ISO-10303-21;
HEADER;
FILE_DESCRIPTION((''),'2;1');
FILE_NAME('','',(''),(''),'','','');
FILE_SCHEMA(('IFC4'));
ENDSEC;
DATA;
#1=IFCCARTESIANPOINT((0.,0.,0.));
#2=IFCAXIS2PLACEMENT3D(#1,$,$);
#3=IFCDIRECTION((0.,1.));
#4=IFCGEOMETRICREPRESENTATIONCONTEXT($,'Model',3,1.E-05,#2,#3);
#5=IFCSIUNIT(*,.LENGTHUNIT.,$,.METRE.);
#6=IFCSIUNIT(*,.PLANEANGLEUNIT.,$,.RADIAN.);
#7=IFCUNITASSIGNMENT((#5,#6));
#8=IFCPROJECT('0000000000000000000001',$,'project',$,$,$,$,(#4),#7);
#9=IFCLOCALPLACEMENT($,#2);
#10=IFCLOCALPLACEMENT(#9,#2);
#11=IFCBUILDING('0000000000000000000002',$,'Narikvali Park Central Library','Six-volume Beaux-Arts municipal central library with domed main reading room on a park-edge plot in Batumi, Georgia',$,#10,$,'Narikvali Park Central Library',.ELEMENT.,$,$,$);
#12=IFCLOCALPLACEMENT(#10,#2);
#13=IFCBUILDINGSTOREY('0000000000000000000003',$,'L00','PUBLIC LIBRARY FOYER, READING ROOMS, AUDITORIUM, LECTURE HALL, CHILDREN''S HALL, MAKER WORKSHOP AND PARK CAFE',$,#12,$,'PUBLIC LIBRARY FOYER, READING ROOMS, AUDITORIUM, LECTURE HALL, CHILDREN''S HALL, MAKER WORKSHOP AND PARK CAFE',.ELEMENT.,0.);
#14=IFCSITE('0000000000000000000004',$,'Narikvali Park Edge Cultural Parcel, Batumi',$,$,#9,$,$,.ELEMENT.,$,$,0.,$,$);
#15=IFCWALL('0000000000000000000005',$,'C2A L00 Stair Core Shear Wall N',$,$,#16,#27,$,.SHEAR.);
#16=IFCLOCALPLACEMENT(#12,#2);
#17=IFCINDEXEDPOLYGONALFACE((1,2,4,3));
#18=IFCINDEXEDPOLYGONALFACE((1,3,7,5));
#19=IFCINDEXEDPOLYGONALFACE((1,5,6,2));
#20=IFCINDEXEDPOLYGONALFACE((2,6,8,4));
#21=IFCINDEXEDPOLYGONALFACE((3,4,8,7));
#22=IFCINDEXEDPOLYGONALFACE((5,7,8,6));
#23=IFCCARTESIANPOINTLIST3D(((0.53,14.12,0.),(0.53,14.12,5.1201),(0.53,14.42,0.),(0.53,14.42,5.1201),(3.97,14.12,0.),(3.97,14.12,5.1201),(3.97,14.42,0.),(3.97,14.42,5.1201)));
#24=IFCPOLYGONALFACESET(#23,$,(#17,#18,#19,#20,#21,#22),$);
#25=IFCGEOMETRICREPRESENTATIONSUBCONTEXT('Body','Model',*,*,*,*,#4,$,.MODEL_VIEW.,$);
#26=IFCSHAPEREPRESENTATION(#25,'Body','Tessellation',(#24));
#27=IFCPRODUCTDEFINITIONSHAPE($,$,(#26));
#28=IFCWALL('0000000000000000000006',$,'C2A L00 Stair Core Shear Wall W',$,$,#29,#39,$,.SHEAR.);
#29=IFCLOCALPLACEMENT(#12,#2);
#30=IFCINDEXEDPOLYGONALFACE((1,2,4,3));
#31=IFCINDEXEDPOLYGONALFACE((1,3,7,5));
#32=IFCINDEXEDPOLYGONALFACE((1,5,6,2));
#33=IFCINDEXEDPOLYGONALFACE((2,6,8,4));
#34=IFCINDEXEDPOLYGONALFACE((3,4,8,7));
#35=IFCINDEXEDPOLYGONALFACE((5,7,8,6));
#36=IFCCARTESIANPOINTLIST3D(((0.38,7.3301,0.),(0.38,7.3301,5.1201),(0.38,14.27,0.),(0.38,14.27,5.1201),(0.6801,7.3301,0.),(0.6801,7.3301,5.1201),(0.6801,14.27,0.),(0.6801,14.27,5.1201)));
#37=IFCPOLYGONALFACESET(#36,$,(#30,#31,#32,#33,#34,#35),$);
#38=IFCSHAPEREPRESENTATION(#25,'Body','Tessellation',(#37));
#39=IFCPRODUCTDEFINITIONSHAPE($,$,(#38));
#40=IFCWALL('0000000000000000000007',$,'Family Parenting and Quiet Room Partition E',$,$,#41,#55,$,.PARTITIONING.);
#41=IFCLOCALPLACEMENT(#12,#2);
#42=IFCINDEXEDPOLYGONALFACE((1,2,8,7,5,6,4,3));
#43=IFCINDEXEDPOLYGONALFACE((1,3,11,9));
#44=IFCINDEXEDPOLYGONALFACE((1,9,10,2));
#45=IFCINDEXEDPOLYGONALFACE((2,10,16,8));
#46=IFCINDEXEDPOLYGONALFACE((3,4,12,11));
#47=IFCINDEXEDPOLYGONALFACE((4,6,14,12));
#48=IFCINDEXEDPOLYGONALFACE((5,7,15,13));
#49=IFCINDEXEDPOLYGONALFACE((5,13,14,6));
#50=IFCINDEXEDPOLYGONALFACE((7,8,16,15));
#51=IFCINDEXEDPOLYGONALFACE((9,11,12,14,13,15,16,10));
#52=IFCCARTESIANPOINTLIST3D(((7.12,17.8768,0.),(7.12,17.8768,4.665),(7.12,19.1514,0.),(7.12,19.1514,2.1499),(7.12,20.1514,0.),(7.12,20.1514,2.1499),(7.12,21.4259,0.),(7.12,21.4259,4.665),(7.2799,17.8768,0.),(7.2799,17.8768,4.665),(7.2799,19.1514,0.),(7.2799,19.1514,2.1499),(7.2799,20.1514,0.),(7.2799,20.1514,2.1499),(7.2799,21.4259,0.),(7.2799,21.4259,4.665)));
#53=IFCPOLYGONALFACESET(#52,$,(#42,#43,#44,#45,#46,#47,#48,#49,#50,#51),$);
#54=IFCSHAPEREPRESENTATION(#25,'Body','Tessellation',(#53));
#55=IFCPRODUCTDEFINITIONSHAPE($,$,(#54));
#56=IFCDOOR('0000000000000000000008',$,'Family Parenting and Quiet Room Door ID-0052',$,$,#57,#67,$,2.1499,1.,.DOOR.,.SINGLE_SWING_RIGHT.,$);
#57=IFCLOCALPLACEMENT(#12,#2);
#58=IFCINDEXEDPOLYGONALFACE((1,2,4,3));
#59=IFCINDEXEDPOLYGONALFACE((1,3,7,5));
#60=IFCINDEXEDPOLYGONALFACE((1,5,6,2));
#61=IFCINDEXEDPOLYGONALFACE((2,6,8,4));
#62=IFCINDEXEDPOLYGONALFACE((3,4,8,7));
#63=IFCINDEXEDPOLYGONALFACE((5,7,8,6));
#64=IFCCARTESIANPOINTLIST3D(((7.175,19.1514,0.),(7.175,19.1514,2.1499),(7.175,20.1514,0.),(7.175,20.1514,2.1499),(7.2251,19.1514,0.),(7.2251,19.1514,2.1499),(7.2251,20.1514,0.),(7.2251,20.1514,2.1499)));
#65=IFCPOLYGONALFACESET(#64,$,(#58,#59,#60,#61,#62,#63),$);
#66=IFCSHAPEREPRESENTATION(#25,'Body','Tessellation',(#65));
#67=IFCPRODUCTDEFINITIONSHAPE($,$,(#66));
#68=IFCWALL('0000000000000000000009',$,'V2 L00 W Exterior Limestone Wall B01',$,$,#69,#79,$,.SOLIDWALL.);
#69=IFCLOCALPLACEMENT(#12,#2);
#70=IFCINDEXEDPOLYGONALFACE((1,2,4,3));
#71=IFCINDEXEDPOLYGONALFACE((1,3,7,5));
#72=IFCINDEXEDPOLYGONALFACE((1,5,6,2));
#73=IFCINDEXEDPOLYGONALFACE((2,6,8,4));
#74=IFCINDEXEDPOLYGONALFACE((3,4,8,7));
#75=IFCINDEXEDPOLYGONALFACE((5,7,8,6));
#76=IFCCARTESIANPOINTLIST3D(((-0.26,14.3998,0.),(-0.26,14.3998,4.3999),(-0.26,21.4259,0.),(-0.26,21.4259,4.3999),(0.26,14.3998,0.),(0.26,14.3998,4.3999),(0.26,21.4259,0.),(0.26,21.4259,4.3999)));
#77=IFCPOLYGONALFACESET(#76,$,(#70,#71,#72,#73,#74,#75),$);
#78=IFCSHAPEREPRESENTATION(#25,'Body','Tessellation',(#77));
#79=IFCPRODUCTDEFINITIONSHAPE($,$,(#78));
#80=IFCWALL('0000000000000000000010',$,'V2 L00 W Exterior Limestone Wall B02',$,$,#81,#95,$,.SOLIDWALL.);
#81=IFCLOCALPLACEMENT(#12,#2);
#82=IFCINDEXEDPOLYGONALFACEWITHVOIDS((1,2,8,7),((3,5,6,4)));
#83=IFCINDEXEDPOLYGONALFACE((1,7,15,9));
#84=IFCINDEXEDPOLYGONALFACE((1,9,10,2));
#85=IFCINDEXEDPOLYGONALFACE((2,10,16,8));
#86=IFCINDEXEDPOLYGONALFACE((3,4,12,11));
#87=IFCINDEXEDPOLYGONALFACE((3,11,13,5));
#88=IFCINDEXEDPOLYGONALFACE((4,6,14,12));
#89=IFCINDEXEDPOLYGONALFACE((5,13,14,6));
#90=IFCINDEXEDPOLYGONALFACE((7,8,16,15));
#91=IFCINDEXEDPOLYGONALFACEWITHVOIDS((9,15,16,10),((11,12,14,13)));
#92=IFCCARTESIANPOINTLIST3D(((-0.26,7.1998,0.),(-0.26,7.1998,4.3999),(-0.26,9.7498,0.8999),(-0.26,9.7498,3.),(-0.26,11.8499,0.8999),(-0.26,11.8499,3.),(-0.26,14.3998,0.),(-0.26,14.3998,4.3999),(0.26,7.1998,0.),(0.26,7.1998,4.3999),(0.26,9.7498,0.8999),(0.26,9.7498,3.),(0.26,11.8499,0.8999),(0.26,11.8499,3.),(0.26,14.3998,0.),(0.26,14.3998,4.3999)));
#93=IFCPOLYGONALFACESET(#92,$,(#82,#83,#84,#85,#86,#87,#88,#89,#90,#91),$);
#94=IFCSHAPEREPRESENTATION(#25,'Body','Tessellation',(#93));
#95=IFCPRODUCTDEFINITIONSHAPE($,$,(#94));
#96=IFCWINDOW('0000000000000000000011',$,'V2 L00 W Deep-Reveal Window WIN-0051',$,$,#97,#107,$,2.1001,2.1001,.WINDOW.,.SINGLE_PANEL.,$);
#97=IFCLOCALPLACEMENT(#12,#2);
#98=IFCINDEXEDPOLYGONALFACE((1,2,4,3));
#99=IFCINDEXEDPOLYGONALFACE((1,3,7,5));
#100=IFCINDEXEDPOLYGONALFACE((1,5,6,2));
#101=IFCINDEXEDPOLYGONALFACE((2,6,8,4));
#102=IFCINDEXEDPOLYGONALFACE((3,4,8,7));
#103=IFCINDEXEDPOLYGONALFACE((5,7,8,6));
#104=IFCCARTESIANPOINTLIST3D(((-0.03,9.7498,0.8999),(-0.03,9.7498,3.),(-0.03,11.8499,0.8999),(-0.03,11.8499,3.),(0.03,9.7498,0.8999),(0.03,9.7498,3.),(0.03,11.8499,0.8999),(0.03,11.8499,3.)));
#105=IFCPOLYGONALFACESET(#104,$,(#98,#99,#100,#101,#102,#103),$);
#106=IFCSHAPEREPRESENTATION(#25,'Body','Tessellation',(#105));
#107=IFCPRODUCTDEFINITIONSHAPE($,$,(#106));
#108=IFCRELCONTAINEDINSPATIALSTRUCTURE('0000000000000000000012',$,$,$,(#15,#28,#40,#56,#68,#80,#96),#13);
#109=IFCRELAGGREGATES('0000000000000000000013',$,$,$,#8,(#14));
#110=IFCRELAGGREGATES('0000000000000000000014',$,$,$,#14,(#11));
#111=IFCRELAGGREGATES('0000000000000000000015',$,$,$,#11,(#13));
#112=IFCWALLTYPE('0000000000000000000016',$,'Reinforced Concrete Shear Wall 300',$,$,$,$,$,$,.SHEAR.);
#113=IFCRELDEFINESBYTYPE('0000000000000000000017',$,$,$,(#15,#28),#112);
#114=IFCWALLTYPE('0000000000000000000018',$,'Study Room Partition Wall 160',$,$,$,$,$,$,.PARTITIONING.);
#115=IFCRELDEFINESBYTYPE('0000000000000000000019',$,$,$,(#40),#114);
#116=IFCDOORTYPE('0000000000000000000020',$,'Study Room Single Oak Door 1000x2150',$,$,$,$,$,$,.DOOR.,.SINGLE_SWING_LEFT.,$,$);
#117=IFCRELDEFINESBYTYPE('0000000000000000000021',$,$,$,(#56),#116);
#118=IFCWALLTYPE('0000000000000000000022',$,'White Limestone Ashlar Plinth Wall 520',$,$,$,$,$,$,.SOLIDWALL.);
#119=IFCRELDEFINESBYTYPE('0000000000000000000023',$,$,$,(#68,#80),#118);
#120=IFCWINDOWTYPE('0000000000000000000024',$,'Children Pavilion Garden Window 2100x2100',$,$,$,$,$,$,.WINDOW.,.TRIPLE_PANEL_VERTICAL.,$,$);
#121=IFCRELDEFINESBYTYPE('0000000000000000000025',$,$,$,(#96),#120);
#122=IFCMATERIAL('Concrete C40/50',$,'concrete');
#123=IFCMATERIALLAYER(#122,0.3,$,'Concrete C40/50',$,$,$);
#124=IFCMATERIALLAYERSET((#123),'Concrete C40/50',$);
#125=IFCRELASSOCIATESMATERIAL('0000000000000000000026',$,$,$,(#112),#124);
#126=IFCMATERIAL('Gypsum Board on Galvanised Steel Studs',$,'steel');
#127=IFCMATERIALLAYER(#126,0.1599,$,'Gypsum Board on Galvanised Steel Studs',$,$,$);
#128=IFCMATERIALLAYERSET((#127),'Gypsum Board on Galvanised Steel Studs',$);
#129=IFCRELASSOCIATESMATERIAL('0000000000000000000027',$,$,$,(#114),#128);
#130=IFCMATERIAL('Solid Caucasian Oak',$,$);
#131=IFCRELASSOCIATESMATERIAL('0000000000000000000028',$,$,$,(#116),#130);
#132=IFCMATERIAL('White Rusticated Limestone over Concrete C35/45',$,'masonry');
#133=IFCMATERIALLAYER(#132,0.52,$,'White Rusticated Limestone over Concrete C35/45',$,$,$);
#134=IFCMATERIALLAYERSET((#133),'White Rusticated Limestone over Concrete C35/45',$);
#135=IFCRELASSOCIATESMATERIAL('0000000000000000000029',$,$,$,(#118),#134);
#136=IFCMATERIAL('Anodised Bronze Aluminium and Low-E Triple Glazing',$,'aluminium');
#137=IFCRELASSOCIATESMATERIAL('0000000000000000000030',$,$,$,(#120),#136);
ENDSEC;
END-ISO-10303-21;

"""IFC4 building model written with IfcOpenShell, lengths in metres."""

from ifc_helpers import new_model, si_unit, direction, frame, frame_2d, origin, place, context, subcontext, project, spatial, rectangle, extrude, material, layer, layer_set, type_object, element, fill, save


model = new_model("IFC4")

# Units and contexts
model_context = context("Model", 3, precision=1e-05, world=origin(), true_north=direction((0.0, 1.0)))
body_context = subcontext(model_context, "Body", "Model", "MODEL_VIEW")
ifc_project = project(units=[si_unit("LENGTHUNIT", "METRE"), si_unit("PLANEANGLEUNIT", "RADIAN")], contexts=[model_context])

# Site, building, storey
site_placement = place(None, origin())
site = spatial("IfcSite", under=ifc_project, at=site_placement, Name="Narikvali Park Edge Cultural Parcel, Batumi", CompositionType="ELEMENT", RefElevation=0.0)
building_placement = place(site_placement, origin())
building = spatial("IfcBuilding", under=site, at=building_placement, Name="Narikvali Park Central Library", Description="Six-volume Beaux-Arts municipal central library with domed main reading room on a park-edge plot in Batumi, Georgia", LongName="Narikvali Park Central Library", CompositionType="ELEMENT")
storey_placement = place(building_placement, origin())
storey = spatial("IfcBuildingStorey", under=building, at=storey_placement, Name="L00", Description="PUBLIC LIBRARY FOYER, READING ROOMS, AUDITORIUM, LECTURE HALL, CHILDREN'S HALL, MAKER WORKSHOP AND PARK CAFE", LongName="PUBLIC LIBRARY FOYER, READING ROOMS, AUDITORIUM, LECTURE HALL, CHILDREN'S HALL, MAKER WORKSHOP AND PARK CAFE", CompositionType="ELEMENT", Elevation=0.0)

# Shared definitions
ifc_material_1 = material(Name="Concrete C40/50", Category="concrete")

# Walls
ifc_layer_1 = layer(ifc_material_1, 0.3, Name="Concrete C40/50")
ifc_layer_set_1 = layer_set([ifc_layer_1], Name="Concrete C40/50")
wall_type_1 = type_object("IfcWallType", Name="Reinforced Concrete Shear Wall 300", PredefinedType="SHEAR", material=ifc_layer_set_1)
wall_1_placement = place(storey_placement, frame((3.97, 14.27, 0.0), z_axis=(0.0, 0.0, 1.0), x_axis=(-1.0, 0.0, 0.0)))
element("IfcWall", 1, at=wall_1_placement, inside=storey, type_object=wall_type_1, Name="C2A L00 Stair Core Shear Wall N", PredefinedType="SHEAR", context=body_context, shape_type="SweptSolid", body=[
    extrude(rectangle(XDim=3.4399, YDim=0.3, at=frame_2d((1.72, 0.0))), origin(), (0.0, 0.0, 1.0), 5.1201),
])
wall_2_placement = place(storey_placement, frame((0.53, 14.27, 0.0), z_axis=(0.0, 0.0, 1.0), x_axis=(0.0, -1.0, 0.0)))
element("IfcWall", 2, at=wall_2_placement, inside=storey, type_object=wall_type_1, Name="C2A L00 Stair Core Shear Wall W", PredefinedType="SHEAR", context=body_context, shape_type="SweptSolid", body=[
    extrude(rectangle(XDim=6.9399, YDim=0.3, at=frame_2d((3.47, 0.0))), origin(), (0.0, 0.0, 1.0), 5.1201),
])

# Wall, opening, door
ifc_material_2 = material(Name="Gypsum Board on Galvanised Steel Studs", Category="steel")
ifc_layer_2 = layer(ifc_material_2, 0.1599, Name="Gypsum Board on Galvanised Steel Studs")
ifc_layer_set_2 = layer_set([ifc_layer_2], Name="Gypsum Board on Galvanised Steel Studs")
wall_type_2 = type_object("IfcWallType", Name="Study Room Partition Wall 160", PredefinedType="PARTITIONING", material=ifc_layer_set_2)
wall_3_placement = place(storey_placement, frame((7.2, 17.877, 0.0), z_axis=(0.0, 0.0, 1.0), x_axis=(0.0, 1.0, 0.0)))
wall_3 = element("IfcWall", 3, at=wall_3_placement, inside=storey, type_object=wall_type_2, Name="Family Parenting and Quiet Room Partition E", PredefinedType="PARTITIONING", context=body_context, shape_type="SweptSolid", body=[
    extrude(rectangle(XDim=3.5491, YDim=0.1599, at=frame_2d((1.7744, 0.0))), origin(), (0.0, 0.0, 1.0), 4.665),
])
opening_1_placement = place(wall_3_placement, frame((1.2744, 0.0, 0.0)))
opening_1 = element("IfcOpeningElement", 4, at=opening_1_placement, cuts=wall_3, PredefinedType="OPENING", context=body_context, shape_type="SweptSolid", body=[
    extrude(rectangle(XDim=1.0, YDim=2.1499, at=frame_2d((0.5, 1.075))), frame((0.0, 0.0918, 0.0), z_axis=(0.0, -1.0, 0.0), x_axis=(1.0, 0.0, 0.0)), (0.0, 0.0, 1.0), 0.1838),
])
ifc_material_3 = material(Name="Solid Caucasian Oak")
door_type_1 = type_object("IfcDoorType", Name="Study Room Single Oak Door 1000x2150", OperationType="SINGLE_SWING_LEFT", PredefinedType="DOOR", material=ifc_material_3)
door_1_placement = place(opening_1_placement, origin())
door_1 = element("IfcDoor", 5, at=door_1_placement, inside=storey, type_object=door_type_1, Name="Family Parenting and Quiet Room Door ID-0052", OperationType="SINGLE_SWING_RIGHT", OverallHeight=2.1499, OverallWidth=1.0, PredefinedType="DOOR", context=body_context, shape_type="SweptSolid", body=[
    extrude(rectangle(XDim=1.0, YDim=2.1499, at=frame_2d((0.5, 1.075))), frame((0.0, 0.0249, 0.0), z_axis=(0.0, -1.0, 0.0), x_axis=(1.0, 0.0, 0.0)), (0.0, 0.0, 1.0), 0.05),
])
fill(opening_1, door_1)

# Wall
ifc_material_4 = material(Name="White Rusticated Limestone over Concrete C35/45", Category="masonry")
ifc_layer_3 = layer(ifc_material_4, 0.52, Name="White Rusticated Limestone over Concrete C35/45")
ifc_layer_set_3 = layer_set([ifc_layer_3], Name="White Rusticated Limestone over Concrete C35/45")
wall_type_3 = type_object("IfcWallType", Name="White Limestone Ashlar Plinth Wall 520", PredefinedType="SOLIDWALL", material=ifc_layer_set_3)
wall_4_placement = place(storey_placement, frame((0.0, 21.426, 0.0), z_axis=(0.0, 0.0, 1.0), x_axis=(0.0, -1.0, 0.0)))
element("IfcWall", 6, at=wall_4_placement, inside=storey, type_object=wall_type_3, Name="V2 L00 W Exterior Limestone Wall B01", PredefinedType="SOLIDWALL", context=body_context, shape_type="SweptSolid", body=[
    extrude(rectangle(XDim=7.0261, YDim=0.52, at=frame_2d((3.5132, 0.0))), origin(), (0.0, 0.0, 1.0), 4.3999),
])

# Wall, opening, window
wall_5_placement = place(storey_placement, frame((0.0, 14.3999, 0.0), z_axis=(0.0, 0.0, 1.0), x_axis=(0.0, -1.0, 0.0)))
wall_5 = element("IfcWall", 7, at=wall_5_placement, inside=storey, type_object=wall_type_3, Name="V2 L00 W Exterior Limestone Wall B02", PredefinedType="SOLIDWALL", context=body_context, shape_type="SweptSolid", body=[
    extrude(rectangle(XDim=7.2, YDim=0.52, at=frame_2d((3.6001, 0.0))), origin(), (0.0, 0.0, 1.0), 4.3999),
])
opening_2_placement = place(wall_5_placement, frame((2.55, 0.0, 0.8999)))
opening_2 = element("IfcOpeningElement", 8, at=opening_2_placement, cuts=wall_5, PredefinedType="OPENING", context=body_context, shape_type="SweptSolid", body=[
    extrude(rectangle(XDim=2.1001, YDim=2.1001, at=frame_2d((1.05, 1.05))), frame((0.0, 0.272, 0.0), z_axis=(0.0, -1.0, 0.0), x_axis=(1.0, 0.0, 0.0)), (0.0, 0.0, 1.0), 0.5439),
])
ifc_material_5 = material(Name="Anodised Bronze Aluminium and Low-E Triple Glazing", Category="aluminium")
window_type = type_object("IfcWindowType", Name="Children Pavilion Garden Window 2100x2100", PartitioningType="TRIPLE_PANEL_VERTICAL", PredefinedType="WINDOW", material=ifc_material_5)
window_placement = place(opening_2_placement, origin())
window = element("IfcWindow", 9, at=window_placement, inside=storey, type_object=window_type, Name="V2 L00 W Deep-Reveal Window WIN-0051", OverallHeight=2.1001, OverallWidth=2.1001, PartitioningType="SINGLE_PANEL", PredefinedType="WINDOW", context=body_context, shape_type="SweptSolid", body=[
    extrude(rectangle(XDim=2.1001, YDim=2.1001, at=frame_2d((1.05, 1.05))), frame((0.0, 0.03, 0.0), z_axis=(0.0, -1.0, 0.0), x_axis=(1.0, 0.0, 0.0)), (0.0, 0.0, 1.0), 0.0601),
])
fill(opening_2, window)

save(model, "model.ifc")
